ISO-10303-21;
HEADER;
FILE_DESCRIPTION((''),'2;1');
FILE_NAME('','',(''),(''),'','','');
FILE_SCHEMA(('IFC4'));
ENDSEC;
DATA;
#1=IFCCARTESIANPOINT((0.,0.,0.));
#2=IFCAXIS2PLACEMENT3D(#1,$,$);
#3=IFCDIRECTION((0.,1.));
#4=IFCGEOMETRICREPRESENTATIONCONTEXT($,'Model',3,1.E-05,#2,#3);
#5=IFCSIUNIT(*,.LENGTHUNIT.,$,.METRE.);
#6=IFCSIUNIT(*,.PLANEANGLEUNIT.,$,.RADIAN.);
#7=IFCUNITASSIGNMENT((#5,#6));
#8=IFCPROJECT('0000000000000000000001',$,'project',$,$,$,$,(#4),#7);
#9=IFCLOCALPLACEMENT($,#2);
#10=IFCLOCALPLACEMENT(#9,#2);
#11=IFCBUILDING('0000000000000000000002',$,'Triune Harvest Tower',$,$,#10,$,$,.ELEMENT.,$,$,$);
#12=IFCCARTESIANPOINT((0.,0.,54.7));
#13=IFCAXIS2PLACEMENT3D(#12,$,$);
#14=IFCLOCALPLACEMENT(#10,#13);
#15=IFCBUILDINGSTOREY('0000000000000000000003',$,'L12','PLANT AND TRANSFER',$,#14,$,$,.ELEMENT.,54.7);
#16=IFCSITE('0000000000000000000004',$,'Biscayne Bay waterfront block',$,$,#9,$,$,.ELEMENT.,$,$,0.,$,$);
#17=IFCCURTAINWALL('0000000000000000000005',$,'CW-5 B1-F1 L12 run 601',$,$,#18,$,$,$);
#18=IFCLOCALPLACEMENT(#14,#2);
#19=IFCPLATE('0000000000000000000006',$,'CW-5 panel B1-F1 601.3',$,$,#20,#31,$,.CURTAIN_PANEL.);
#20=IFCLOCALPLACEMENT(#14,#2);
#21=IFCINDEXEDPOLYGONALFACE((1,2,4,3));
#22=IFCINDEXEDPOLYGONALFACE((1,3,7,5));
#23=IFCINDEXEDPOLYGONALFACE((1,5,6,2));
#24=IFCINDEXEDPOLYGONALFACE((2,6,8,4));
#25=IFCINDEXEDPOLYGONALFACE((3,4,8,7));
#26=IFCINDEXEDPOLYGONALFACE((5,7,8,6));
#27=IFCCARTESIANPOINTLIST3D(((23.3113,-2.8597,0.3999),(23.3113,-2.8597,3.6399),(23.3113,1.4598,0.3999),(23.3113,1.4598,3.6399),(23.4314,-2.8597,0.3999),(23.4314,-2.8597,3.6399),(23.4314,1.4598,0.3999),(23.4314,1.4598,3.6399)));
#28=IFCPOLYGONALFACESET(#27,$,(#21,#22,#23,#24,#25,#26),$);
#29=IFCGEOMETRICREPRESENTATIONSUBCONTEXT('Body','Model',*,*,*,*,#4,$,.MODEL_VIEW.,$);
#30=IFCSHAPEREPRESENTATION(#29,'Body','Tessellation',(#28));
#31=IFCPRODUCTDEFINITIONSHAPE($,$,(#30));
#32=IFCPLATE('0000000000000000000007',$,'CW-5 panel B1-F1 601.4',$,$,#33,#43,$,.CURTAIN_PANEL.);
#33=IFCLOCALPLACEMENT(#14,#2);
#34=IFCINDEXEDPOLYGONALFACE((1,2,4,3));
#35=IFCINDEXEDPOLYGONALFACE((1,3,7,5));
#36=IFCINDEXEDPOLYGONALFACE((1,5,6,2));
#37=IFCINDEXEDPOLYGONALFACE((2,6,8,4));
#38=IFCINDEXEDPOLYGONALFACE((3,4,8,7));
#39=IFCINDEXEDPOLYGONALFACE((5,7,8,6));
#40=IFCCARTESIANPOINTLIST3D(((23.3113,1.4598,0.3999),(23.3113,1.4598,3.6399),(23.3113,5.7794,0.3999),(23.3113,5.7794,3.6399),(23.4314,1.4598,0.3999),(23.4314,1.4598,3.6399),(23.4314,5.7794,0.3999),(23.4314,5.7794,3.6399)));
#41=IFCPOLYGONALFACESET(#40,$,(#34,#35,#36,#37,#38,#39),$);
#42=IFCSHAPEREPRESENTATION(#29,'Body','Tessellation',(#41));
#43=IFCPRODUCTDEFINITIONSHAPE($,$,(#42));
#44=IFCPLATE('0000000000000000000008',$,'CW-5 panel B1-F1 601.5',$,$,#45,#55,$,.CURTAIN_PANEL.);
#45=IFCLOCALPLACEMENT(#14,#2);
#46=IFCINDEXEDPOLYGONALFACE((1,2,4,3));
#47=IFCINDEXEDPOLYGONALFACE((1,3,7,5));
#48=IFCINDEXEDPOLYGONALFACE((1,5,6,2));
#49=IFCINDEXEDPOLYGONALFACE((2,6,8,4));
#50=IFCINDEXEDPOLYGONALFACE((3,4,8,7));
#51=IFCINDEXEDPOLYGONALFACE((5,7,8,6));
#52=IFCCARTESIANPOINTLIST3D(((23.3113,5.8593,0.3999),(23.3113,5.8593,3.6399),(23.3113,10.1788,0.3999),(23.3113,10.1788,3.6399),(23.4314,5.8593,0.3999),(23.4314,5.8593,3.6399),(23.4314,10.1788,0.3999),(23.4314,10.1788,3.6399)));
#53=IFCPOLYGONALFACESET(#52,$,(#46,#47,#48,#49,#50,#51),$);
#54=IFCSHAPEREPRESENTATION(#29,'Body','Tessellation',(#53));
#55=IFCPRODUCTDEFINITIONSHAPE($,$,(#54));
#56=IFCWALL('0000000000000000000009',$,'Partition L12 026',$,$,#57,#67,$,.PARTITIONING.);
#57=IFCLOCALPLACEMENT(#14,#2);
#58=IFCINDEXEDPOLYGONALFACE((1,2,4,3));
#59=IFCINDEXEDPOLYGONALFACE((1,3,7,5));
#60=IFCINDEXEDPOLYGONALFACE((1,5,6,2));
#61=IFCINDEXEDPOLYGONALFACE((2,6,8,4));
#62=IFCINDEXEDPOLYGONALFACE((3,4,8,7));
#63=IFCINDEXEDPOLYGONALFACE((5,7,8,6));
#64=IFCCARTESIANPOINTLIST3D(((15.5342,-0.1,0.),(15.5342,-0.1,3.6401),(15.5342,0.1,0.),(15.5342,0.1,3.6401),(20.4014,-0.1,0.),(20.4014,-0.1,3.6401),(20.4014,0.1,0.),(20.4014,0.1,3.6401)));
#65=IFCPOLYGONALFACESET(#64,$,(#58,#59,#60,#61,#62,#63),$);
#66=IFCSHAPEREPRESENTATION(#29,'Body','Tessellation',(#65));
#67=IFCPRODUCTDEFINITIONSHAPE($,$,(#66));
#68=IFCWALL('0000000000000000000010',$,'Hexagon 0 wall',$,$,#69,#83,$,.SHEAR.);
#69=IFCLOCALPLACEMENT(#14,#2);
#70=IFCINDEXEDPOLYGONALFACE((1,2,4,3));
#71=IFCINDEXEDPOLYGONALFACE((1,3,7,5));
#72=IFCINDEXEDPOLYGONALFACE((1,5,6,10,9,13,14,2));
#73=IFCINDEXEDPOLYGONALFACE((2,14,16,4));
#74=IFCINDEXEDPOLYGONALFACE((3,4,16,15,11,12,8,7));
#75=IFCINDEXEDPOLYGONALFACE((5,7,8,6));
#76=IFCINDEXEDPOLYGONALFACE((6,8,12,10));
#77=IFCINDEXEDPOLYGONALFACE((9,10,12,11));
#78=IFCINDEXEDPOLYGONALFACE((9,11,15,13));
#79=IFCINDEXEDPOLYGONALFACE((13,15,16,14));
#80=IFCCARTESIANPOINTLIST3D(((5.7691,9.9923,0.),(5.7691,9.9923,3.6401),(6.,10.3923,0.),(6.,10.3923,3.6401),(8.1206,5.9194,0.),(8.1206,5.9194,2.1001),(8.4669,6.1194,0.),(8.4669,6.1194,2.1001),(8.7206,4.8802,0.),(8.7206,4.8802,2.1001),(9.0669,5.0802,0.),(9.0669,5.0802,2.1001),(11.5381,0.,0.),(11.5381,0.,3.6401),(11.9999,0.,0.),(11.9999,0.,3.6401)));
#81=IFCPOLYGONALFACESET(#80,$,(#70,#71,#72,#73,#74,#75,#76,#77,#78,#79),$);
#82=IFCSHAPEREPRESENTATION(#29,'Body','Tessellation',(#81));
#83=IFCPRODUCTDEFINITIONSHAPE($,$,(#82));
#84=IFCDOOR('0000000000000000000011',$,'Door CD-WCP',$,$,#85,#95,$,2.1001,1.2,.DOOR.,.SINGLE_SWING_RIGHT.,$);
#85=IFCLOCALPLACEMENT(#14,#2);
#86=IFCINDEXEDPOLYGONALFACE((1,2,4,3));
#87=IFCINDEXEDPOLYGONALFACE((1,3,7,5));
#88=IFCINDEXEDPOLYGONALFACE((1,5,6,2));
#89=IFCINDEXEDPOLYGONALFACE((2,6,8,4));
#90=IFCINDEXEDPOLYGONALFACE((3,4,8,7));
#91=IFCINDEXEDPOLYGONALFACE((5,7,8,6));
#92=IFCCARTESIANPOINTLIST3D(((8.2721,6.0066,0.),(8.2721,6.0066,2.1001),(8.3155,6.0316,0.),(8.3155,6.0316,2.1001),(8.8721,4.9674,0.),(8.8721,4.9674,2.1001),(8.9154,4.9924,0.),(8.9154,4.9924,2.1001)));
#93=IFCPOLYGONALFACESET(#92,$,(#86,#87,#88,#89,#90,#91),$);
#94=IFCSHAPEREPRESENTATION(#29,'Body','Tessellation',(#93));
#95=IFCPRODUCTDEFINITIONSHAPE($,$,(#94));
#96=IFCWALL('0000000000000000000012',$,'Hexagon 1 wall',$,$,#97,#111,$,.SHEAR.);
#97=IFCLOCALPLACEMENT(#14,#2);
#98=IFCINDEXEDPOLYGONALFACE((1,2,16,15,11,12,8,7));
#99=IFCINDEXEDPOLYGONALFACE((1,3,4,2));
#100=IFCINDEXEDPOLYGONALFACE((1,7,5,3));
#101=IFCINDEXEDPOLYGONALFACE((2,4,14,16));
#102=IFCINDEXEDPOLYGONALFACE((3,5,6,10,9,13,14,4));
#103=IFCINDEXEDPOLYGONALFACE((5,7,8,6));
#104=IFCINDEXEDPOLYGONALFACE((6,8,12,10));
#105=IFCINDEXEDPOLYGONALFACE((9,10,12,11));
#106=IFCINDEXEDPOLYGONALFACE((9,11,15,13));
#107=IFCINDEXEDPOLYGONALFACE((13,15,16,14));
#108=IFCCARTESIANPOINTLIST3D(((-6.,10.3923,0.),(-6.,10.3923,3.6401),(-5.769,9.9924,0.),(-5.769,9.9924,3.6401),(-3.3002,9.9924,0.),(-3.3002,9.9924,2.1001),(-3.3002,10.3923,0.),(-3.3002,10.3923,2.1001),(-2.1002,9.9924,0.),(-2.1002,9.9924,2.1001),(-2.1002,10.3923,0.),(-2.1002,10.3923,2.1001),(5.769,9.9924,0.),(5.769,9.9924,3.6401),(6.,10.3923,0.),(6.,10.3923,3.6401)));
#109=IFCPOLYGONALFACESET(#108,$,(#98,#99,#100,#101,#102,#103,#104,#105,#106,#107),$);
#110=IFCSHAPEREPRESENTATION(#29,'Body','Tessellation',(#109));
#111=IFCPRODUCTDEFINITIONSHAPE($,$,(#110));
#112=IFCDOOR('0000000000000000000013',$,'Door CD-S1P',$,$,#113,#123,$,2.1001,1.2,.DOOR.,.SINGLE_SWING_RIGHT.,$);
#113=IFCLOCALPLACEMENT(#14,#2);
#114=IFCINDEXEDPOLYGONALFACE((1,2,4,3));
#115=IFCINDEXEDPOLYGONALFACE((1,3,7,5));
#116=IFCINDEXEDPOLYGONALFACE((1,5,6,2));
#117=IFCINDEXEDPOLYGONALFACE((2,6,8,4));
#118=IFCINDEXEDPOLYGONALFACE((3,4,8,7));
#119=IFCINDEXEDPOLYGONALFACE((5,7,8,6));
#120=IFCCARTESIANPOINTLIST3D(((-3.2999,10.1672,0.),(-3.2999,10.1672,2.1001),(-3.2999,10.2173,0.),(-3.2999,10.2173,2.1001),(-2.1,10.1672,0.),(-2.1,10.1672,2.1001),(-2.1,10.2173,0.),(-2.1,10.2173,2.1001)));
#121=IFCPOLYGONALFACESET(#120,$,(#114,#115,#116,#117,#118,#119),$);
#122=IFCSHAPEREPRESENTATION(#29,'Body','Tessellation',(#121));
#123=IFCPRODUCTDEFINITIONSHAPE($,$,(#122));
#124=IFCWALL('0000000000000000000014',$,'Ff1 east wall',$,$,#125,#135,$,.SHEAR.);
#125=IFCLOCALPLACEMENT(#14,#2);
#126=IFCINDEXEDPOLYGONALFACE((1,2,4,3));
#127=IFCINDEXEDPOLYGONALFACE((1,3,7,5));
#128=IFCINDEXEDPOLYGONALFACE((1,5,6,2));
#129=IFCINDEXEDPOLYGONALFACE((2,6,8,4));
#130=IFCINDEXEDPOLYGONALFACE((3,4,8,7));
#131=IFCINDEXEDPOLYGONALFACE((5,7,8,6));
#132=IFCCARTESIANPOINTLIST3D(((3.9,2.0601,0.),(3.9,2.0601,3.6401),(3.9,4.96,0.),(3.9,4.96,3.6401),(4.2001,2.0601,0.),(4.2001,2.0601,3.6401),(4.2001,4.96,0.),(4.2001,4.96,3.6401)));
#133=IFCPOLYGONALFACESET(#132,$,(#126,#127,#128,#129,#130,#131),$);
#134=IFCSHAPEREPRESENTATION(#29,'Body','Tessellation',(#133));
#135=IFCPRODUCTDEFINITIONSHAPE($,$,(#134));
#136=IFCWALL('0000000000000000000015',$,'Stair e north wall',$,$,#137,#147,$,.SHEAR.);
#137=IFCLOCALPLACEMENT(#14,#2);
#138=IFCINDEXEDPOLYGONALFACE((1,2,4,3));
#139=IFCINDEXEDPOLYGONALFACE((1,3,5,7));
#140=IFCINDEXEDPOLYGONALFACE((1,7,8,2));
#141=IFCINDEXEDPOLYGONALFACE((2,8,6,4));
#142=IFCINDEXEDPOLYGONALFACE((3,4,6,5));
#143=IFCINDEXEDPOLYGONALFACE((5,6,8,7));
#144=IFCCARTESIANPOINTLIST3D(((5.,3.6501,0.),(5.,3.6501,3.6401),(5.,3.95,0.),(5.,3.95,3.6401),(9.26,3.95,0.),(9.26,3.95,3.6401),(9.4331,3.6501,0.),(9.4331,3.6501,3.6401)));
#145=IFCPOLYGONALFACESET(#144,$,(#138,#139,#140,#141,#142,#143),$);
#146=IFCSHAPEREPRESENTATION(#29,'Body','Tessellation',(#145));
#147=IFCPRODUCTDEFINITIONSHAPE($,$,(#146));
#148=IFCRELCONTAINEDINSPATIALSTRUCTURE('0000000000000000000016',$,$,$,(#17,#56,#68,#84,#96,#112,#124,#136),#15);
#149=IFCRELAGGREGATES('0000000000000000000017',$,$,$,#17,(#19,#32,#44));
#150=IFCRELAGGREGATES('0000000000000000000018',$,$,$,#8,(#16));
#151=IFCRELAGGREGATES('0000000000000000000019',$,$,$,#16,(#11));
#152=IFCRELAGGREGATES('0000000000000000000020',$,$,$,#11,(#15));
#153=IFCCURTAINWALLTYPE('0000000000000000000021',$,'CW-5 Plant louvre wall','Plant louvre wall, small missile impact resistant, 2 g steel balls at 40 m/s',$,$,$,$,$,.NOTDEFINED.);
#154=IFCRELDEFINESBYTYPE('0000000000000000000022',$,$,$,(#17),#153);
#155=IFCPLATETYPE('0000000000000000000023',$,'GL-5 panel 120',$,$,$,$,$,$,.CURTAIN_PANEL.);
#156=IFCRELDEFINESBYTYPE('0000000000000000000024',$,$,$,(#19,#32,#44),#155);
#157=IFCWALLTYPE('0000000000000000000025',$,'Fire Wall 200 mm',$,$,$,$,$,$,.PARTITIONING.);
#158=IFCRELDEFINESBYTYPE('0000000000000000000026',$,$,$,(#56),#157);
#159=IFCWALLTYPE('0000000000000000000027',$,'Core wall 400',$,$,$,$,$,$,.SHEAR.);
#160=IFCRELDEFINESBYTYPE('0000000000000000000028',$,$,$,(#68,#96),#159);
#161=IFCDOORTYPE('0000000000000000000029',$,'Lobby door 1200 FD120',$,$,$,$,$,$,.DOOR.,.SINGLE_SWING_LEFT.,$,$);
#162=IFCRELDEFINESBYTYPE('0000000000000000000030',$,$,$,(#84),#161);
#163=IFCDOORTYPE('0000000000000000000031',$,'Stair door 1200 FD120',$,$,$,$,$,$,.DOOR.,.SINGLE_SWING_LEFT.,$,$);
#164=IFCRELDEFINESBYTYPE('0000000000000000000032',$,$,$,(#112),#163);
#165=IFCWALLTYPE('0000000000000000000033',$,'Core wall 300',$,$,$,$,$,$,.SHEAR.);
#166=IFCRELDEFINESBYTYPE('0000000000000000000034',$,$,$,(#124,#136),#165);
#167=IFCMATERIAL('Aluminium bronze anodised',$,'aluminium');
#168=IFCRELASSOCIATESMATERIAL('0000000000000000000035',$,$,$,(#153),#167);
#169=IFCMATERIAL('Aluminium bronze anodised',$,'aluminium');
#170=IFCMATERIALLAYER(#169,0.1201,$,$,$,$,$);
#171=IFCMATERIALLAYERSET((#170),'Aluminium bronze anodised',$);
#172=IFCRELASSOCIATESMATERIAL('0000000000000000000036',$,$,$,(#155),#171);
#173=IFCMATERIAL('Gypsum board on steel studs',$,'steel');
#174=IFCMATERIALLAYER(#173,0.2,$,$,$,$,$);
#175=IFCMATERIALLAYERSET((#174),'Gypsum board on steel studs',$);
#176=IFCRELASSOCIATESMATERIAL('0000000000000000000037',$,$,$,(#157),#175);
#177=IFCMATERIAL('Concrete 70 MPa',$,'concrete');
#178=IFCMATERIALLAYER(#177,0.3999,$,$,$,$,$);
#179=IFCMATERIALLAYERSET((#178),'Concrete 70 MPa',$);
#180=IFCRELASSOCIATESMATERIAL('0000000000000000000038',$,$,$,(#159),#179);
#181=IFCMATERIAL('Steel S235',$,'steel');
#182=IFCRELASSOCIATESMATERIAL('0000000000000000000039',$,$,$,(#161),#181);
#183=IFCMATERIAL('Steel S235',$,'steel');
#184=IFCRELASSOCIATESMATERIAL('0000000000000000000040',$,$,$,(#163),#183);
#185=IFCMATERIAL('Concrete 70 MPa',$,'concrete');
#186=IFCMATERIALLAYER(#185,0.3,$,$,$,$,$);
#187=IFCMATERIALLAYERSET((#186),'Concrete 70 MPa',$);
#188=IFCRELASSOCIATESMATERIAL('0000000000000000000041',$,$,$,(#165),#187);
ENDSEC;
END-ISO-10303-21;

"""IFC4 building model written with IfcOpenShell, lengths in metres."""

from ifc_helpers import new_model, si_unit, direction, frame, frame_2d, origin, origin_2d, place, context, subcontext, project, spatial, polyline, rectangle, outline, extrude, source, transform, mapped, material, layer, layer_set, type_object, element, fill, aggregate, save


model = new_model("IFC4")

# Units and contexts
model_context = context("Model", 3, precision=1e-05, world=origin(), true_north=direction((0.0, 1.0)))
body_context = subcontext(model_context, "Body", "Model", "MODEL_VIEW")
ifc_project = project(units=[si_unit("LENGTHUNIT", "METRE"), si_unit("PLANEANGLEUNIT", "RADIAN")], contexts=[model_context])

# Site, building, storey
site_placement = place(None, origin())
site = spatial("IfcSite", under=ifc_project, at=site_placement, Name="Biscayne Bay waterfront block", CompositionType="ELEMENT", RefElevation=0.0)
building_placement = place(site_placement, origin())
building = spatial("IfcBuilding", under=site, at=building_placement, Name="Triune Harvest Tower", CompositionType="ELEMENT")
storey_placement = place(building_placement, frame((0.0, 0.0, 54.7)))
storey = spatial("IfcBuildingStorey", under=building, at=storey_placement, Name="L12", Description="PLANT AND TRANSFER", CompositionType="ELEMENT", Elevation=54.7)

# Curtain wall, plates
ifc_material_1 = material(Name="Aluminium bronze anodised", Category="aluminium")
curtain_wall_type = type_object("IfcCurtainWallType", Name="CW-5 Plant louvre wall", Description="Plant louvre wall, small missile impact resistant, 2 g steel balls at 40 m/s", PredefinedType="NOTDEFINED", material=ifc_material_1)
curtain_wall_placement = place(storey_placement, origin())
curtain_wall = element("IfcCurtainWall", 1, at=curtain_wall_placement, inside=storey, type_object=curtain_wall_type, Name="CW-5 B1-F1 L12 run 601")
ifc_material_2 = material(Name="Aluminium bronze anodised", Category="aluminium")
ifc_layer_1 = layer(ifc_material_2, 0.1201)
ifc_layer_set_1 = layer_set([ifc_layer_1], Name="Aluminium bronze anodised")
plate_type = type_object("IfcPlateType", Name="GL-5 panel 120", PredefinedType="CURTAIN_PANEL", material=ifc_layer_set_1)
shared_shape_1 = source(origin(), body_context, "Body", "SweptSolid", [
    extrude(rectangle(XDim=4.3196, YDim=0.1201, at=origin_2d()), origin(), (0.0, 0.0, 1.0), 3.24),
])
plate_1_placement = place(storey_placement, frame((23.3713, -0.7, 0.3999), z_axis=(0.0, 0.0, 1.0), x_axis=(0.0, 1.0, 0.0)))
plate_1 = element("IfcPlate", 2, at=plate_1_placement, type_object=plate_type, Name="CW-5 panel B1-F1 601.3", PredefinedType="CURTAIN_PANEL", context=body_context, shape_type="MappedRepresentation", body=[
    mapped(shared_shape_1, transform((0.0, 0.0, 0.0), scale=1.0)),
])
plate_2_placement = place(storey_placement, frame((23.3713, 3.6196, 0.3999), z_axis=(0.0, 0.0, 1.0), x_axis=(0.0, 1.0, 0.0)))
plate_2 = element("IfcPlate", 3, at=plate_2_placement, type_object=plate_type, Name="CW-5 panel B1-F1 601.4", PredefinedType="CURTAIN_PANEL", context=body_context, shape_type="MappedRepresentation", body=[
    mapped(shared_shape_1, transform((0.0, 0.0, 0.0), scale=1.0)),
])
plate_3_placement = place(storey_placement, frame((23.3713, 8.019, 0.3999), z_axis=(0.0, 0.0, 1.0), x_axis=(0.0, 1.0, 0.0)))
plate_3 = element("IfcPlate", 4, at=plate_3_placement, type_object=plate_type, Name="CW-5 panel B1-F1 601.5", PredefinedType="CURTAIN_PANEL", context=body_context, shape_type="MappedRepresentation", body=[
    mapped(shared_shape_1, transform((0.0, 0.0, 0.0), scale=1.0)),
])
aggregate(curtain_wall, [plate_1, plate_2, plate_3])

# Wall
ifc_material_3 = material(Name="Gypsum board on steel studs", Category="steel")
ifc_layer_2 = layer(ifc_material_3, 0.2)
ifc_layer_set_2 = layer_set([ifc_layer_2], Name="Gypsum board on steel studs")
wall_type_1 = type_object("IfcWallType", Name="Fire Wall 200 mm", PredefinedType="PARTITIONING", material=ifc_layer_set_2)
wall_1_placement = place(storey_placement, frame((15.5342, 0.0, 0.0), z_axis=(0.0, 0.0, 1.0), x_axis=(1.0, 0.0, 0.0)))
element("IfcWall", 5, at=wall_1_placement, inside=storey, type_object=wall_type_1, Name="Partition L12 026", PredefinedType="PARTITIONING", context=body_context, shape_type="SweptSolid", body=[
    extrude(rectangle(XDim=4.8672, YDim=0.2, at=frame_2d((2.4336, 0.0))), origin(), (0.0, 0.0, 1.0), 3.6401),
])

# Walls, openings, doors
ifc_material_4 = material(Name="Concrete 70 MPa", Category="concrete")
ifc_layer_3 = layer(ifc_material_4, 0.3999)
ifc_layer_set_3 = layer_set([ifc_layer_3], Name="Concrete 70 MPa")
wall_type_2 = type_object("IfcWallType", Name="Core wall 400", PredefinedType="SHEAR", material=ifc_layer_set_3)
shared_shape_2 = source(origin(), body_context, "Body", "SweptSolid", [
    extrude(outline(polyline([(-0.1155, -0.2), (11.8845, -0.2), (11.6536, 0.2), (0.1155, 0.2), (-0.1155, -0.2)])), origin(), (0.0, 0.0, 1.0), 3.6401),
])
wall_2_placement = place(storey_placement, frame((11.769, 0.0, 0.0), z_axis=(0.0, 0.0, 1.0), x_axis=(-0.499997, 0.866027, 0.0)))
wall_2 = element("IfcWall", 6, at=wall_2_placement, inside=storey, type_object=wall_type_2, Name="Hexagon 0 wall", PredefinedType="SHEAR", context=body_context, shape_type="MappedRepresentation", body=[
    mapped(shared_shape_2, transform((0.0, 0.0, 0.0), scale=1.0)),
])
opening_1_placement = place(wall_2_placement, frame((5.7505, 0.0, 0.0)))
opening_1 = element("IfcOpeningElement", 7, at=opening_1_placement, cuts=wall_2, PredefinedType="OPENING", context=body_context, shape_type="SweptSolid", body=[
    extrude(rectangle(XDim=1.2, YDim=2.1001, at=frame_2d((0.6001, 1.05))), frame((0.0, 0.21, 0.0), z_axis=(0.0, -1.0, 0.0), x_axis=(1.0, 0.0, 0.0)), (0.0, 0.0, 1.0), 0.4199),
])
ifc_material_5 = material(Name="Steel S235", Category="steel")
door_type_1 = type_object("IfcDoorType", Name="Lobby door 1200 FD120", OperationType="SINGLE_SWING_LEFT", PredefinedType="DOOR", material=ifc_material_5)
door_1_placement = place(opening_1_placement, frame((1.2, 0.0, 0.0), z_axis=(0.0, 0.0, 1.0), x_axis=(-1.0, 0.0, 0.0)))
door_1 = element("IfcDoor", 8, at=door_1_placement, inside=storey, type_object=door_type_1, Name="Door CD-WCP", OperationType="SINGLE_SWING_RIGHT", OverallHeight=2.1001, OverallWidth=1.2, PredefinedType="DOOR", context=body_context, shape_type="SweptSolid", body=[
    extrude(rectangle(XDim=1.2, YDim=2.1001, at=frame_2d((0.6001, 1.05))), frame((0.0, 0.0249, 0.0), z_axis=(0.0, -1.0, 0.0), x_axis=(1.0, 0.0, 0.0)), (0.0, 0.0, 1.0), 0.05),
])
fill(opening_1, door_1)
wall_3_placement = place(storey_placement, frame((5.8845, 10.1924, 0.0), z_axis=(0.0, 0.0, 1.0), x_axis=(-1.0, 0.0, 0.0)))
wall_3 = element("IfcWall", 9, at=wall_3_placement, inside=storey, type_object=wall_type_2, Name="Hexagon 1 wall", PredefinedType="SHEAR", context=body_context, shape_type="MappedRepresentation", body=[
    mapped(shared_shape_2, transform((0.0, 0.0, 0.0), scale=1.0)),
])
opening_2_placement = place(wall_3_placement, frame((7.9846, 0.0, 0.0)))
opening_2 = element("IfcOpeningElement", 10, at=opening_2_placement, cuts=wall_3, PredefinedType="OPENING", context=body_context, shape_type="SweptSolid", body=[
    extrude(rectangle(XDim=1.2, YDim=2.1001, at=frame_2d((0.6001, 1.05))), frame((0.0, 0.21, 0.0), z_axis=(0.0, -1.0, 0.0), x_axis=(1.0, 0.0, 0.0)), (0.0, 0.0, 1.0), 0.4199),
])
ifc_material_6 = material(Name="Steel S235", Category="steel")
door_type_2 = type_object("IfcDoorType", Name="Stair door 1200 FD120", OperationType="SINGLE_SWING_LEFT", PredefinedType="DOOR", material=ifc_material_6)
door_2_placement = place(opening_2_placement, frame((1.2, 0.0, 0.0), z_axis=(0.0, 0.0, 1.0), x_axis=(-1.0, 0.0, 0.0)))
door_2 = element("IfcDoor", 11, at=door_2_placement, inside=storey, type_object=door_type_2, Name="Door CD-S1P", OperationType="SINGLE_SWING_RIGHT", OverallHeight=2.1001, OverallWidth=1.2, PredefinedType="DOOR", context=body_context, shape_type="SweptSolid", body=[
    extrude(rectangle(XDim=1.2, YDim=2.1001, at=frame_2d((0.6001, 1.05))), frame((0.0, 0.0249, 0.0), z_axis=(0.0, -1.0, 0.0), x_axis=(1.0, 0.0, 0.0)), (0.0, 0.0, 1.0), 0.05),
])
fill(opening_2, door_2)

# Walls
ifc_material_7 = material(Name="Concrete 70 MPa", Category="concrete")
ifc_layer_4 = layer(ifc_material_7, 0.3)
ifc_layer_set_4 = layer_set([ifc_layer_4], Name="Concrete 70 MPa")
wall_type_3 = type_object("IfcWallType", Name="Core wall 300", PredefinedType="SHEAR", material=ifc_layer_set_4)
shared_shape_3 = source(origin(), body_context, "Body", "SweptSolid", [
    extrude(rectangle(XDim=2.8999, YDim=0.3, at=frame_2d((1.45, 0.0))), origin(), (0.0, 0.0, 1.0), 3.6401),
])
wall_4_placement = place(storey_placement, frame((4.05, 2.0601, 0.0), z_axis=(0.0, 0.0, 1.0), x_axis=(0.0, 1.0, 0.0)))
element("IfcWall", 12, at=wall_4_placement, inside=storey, type_object=wall_type_3, Name="Ff1 east wall", PredefinedType="SHEAR", context=body_context, shape_type="MappedRepresentation", body=[
    mapped(shared_shape_3, transform((0.0, 0.0, 0.0), scale=1.0)),
])
shared_shape_4 = source(origin(), body_context, "Body", "SweptSolid", [
    extrude(outline(polyline([(0.0, -0.1499), (0.0, 0.1499), (4.26, 0.1499), (4.4331, -0.1499), (0.0, -0.1499)])), origin(), (0.0, 0.0, 1.0), 3.6401),
])
wall_5_placement = place(storey_placement, frame((5.0, 3.8, 0.0), z_axis=(0.0, 0.0, 1.0), x_axis=(1.0, 0.0, 0.0)))
element("IfcWall", 13, at=wall_5_placement, inside=storey, type_object=wall_type_3, Name="Stair e north wall", PredefinedType="SHEAR", context=body_context, shape_type="MappedRepresentation", body=[
    mapped(shared_shape_4, transform((0.0, 0.0, 0.0), scale=1.0)),
])

save(model, "model.ifc")
